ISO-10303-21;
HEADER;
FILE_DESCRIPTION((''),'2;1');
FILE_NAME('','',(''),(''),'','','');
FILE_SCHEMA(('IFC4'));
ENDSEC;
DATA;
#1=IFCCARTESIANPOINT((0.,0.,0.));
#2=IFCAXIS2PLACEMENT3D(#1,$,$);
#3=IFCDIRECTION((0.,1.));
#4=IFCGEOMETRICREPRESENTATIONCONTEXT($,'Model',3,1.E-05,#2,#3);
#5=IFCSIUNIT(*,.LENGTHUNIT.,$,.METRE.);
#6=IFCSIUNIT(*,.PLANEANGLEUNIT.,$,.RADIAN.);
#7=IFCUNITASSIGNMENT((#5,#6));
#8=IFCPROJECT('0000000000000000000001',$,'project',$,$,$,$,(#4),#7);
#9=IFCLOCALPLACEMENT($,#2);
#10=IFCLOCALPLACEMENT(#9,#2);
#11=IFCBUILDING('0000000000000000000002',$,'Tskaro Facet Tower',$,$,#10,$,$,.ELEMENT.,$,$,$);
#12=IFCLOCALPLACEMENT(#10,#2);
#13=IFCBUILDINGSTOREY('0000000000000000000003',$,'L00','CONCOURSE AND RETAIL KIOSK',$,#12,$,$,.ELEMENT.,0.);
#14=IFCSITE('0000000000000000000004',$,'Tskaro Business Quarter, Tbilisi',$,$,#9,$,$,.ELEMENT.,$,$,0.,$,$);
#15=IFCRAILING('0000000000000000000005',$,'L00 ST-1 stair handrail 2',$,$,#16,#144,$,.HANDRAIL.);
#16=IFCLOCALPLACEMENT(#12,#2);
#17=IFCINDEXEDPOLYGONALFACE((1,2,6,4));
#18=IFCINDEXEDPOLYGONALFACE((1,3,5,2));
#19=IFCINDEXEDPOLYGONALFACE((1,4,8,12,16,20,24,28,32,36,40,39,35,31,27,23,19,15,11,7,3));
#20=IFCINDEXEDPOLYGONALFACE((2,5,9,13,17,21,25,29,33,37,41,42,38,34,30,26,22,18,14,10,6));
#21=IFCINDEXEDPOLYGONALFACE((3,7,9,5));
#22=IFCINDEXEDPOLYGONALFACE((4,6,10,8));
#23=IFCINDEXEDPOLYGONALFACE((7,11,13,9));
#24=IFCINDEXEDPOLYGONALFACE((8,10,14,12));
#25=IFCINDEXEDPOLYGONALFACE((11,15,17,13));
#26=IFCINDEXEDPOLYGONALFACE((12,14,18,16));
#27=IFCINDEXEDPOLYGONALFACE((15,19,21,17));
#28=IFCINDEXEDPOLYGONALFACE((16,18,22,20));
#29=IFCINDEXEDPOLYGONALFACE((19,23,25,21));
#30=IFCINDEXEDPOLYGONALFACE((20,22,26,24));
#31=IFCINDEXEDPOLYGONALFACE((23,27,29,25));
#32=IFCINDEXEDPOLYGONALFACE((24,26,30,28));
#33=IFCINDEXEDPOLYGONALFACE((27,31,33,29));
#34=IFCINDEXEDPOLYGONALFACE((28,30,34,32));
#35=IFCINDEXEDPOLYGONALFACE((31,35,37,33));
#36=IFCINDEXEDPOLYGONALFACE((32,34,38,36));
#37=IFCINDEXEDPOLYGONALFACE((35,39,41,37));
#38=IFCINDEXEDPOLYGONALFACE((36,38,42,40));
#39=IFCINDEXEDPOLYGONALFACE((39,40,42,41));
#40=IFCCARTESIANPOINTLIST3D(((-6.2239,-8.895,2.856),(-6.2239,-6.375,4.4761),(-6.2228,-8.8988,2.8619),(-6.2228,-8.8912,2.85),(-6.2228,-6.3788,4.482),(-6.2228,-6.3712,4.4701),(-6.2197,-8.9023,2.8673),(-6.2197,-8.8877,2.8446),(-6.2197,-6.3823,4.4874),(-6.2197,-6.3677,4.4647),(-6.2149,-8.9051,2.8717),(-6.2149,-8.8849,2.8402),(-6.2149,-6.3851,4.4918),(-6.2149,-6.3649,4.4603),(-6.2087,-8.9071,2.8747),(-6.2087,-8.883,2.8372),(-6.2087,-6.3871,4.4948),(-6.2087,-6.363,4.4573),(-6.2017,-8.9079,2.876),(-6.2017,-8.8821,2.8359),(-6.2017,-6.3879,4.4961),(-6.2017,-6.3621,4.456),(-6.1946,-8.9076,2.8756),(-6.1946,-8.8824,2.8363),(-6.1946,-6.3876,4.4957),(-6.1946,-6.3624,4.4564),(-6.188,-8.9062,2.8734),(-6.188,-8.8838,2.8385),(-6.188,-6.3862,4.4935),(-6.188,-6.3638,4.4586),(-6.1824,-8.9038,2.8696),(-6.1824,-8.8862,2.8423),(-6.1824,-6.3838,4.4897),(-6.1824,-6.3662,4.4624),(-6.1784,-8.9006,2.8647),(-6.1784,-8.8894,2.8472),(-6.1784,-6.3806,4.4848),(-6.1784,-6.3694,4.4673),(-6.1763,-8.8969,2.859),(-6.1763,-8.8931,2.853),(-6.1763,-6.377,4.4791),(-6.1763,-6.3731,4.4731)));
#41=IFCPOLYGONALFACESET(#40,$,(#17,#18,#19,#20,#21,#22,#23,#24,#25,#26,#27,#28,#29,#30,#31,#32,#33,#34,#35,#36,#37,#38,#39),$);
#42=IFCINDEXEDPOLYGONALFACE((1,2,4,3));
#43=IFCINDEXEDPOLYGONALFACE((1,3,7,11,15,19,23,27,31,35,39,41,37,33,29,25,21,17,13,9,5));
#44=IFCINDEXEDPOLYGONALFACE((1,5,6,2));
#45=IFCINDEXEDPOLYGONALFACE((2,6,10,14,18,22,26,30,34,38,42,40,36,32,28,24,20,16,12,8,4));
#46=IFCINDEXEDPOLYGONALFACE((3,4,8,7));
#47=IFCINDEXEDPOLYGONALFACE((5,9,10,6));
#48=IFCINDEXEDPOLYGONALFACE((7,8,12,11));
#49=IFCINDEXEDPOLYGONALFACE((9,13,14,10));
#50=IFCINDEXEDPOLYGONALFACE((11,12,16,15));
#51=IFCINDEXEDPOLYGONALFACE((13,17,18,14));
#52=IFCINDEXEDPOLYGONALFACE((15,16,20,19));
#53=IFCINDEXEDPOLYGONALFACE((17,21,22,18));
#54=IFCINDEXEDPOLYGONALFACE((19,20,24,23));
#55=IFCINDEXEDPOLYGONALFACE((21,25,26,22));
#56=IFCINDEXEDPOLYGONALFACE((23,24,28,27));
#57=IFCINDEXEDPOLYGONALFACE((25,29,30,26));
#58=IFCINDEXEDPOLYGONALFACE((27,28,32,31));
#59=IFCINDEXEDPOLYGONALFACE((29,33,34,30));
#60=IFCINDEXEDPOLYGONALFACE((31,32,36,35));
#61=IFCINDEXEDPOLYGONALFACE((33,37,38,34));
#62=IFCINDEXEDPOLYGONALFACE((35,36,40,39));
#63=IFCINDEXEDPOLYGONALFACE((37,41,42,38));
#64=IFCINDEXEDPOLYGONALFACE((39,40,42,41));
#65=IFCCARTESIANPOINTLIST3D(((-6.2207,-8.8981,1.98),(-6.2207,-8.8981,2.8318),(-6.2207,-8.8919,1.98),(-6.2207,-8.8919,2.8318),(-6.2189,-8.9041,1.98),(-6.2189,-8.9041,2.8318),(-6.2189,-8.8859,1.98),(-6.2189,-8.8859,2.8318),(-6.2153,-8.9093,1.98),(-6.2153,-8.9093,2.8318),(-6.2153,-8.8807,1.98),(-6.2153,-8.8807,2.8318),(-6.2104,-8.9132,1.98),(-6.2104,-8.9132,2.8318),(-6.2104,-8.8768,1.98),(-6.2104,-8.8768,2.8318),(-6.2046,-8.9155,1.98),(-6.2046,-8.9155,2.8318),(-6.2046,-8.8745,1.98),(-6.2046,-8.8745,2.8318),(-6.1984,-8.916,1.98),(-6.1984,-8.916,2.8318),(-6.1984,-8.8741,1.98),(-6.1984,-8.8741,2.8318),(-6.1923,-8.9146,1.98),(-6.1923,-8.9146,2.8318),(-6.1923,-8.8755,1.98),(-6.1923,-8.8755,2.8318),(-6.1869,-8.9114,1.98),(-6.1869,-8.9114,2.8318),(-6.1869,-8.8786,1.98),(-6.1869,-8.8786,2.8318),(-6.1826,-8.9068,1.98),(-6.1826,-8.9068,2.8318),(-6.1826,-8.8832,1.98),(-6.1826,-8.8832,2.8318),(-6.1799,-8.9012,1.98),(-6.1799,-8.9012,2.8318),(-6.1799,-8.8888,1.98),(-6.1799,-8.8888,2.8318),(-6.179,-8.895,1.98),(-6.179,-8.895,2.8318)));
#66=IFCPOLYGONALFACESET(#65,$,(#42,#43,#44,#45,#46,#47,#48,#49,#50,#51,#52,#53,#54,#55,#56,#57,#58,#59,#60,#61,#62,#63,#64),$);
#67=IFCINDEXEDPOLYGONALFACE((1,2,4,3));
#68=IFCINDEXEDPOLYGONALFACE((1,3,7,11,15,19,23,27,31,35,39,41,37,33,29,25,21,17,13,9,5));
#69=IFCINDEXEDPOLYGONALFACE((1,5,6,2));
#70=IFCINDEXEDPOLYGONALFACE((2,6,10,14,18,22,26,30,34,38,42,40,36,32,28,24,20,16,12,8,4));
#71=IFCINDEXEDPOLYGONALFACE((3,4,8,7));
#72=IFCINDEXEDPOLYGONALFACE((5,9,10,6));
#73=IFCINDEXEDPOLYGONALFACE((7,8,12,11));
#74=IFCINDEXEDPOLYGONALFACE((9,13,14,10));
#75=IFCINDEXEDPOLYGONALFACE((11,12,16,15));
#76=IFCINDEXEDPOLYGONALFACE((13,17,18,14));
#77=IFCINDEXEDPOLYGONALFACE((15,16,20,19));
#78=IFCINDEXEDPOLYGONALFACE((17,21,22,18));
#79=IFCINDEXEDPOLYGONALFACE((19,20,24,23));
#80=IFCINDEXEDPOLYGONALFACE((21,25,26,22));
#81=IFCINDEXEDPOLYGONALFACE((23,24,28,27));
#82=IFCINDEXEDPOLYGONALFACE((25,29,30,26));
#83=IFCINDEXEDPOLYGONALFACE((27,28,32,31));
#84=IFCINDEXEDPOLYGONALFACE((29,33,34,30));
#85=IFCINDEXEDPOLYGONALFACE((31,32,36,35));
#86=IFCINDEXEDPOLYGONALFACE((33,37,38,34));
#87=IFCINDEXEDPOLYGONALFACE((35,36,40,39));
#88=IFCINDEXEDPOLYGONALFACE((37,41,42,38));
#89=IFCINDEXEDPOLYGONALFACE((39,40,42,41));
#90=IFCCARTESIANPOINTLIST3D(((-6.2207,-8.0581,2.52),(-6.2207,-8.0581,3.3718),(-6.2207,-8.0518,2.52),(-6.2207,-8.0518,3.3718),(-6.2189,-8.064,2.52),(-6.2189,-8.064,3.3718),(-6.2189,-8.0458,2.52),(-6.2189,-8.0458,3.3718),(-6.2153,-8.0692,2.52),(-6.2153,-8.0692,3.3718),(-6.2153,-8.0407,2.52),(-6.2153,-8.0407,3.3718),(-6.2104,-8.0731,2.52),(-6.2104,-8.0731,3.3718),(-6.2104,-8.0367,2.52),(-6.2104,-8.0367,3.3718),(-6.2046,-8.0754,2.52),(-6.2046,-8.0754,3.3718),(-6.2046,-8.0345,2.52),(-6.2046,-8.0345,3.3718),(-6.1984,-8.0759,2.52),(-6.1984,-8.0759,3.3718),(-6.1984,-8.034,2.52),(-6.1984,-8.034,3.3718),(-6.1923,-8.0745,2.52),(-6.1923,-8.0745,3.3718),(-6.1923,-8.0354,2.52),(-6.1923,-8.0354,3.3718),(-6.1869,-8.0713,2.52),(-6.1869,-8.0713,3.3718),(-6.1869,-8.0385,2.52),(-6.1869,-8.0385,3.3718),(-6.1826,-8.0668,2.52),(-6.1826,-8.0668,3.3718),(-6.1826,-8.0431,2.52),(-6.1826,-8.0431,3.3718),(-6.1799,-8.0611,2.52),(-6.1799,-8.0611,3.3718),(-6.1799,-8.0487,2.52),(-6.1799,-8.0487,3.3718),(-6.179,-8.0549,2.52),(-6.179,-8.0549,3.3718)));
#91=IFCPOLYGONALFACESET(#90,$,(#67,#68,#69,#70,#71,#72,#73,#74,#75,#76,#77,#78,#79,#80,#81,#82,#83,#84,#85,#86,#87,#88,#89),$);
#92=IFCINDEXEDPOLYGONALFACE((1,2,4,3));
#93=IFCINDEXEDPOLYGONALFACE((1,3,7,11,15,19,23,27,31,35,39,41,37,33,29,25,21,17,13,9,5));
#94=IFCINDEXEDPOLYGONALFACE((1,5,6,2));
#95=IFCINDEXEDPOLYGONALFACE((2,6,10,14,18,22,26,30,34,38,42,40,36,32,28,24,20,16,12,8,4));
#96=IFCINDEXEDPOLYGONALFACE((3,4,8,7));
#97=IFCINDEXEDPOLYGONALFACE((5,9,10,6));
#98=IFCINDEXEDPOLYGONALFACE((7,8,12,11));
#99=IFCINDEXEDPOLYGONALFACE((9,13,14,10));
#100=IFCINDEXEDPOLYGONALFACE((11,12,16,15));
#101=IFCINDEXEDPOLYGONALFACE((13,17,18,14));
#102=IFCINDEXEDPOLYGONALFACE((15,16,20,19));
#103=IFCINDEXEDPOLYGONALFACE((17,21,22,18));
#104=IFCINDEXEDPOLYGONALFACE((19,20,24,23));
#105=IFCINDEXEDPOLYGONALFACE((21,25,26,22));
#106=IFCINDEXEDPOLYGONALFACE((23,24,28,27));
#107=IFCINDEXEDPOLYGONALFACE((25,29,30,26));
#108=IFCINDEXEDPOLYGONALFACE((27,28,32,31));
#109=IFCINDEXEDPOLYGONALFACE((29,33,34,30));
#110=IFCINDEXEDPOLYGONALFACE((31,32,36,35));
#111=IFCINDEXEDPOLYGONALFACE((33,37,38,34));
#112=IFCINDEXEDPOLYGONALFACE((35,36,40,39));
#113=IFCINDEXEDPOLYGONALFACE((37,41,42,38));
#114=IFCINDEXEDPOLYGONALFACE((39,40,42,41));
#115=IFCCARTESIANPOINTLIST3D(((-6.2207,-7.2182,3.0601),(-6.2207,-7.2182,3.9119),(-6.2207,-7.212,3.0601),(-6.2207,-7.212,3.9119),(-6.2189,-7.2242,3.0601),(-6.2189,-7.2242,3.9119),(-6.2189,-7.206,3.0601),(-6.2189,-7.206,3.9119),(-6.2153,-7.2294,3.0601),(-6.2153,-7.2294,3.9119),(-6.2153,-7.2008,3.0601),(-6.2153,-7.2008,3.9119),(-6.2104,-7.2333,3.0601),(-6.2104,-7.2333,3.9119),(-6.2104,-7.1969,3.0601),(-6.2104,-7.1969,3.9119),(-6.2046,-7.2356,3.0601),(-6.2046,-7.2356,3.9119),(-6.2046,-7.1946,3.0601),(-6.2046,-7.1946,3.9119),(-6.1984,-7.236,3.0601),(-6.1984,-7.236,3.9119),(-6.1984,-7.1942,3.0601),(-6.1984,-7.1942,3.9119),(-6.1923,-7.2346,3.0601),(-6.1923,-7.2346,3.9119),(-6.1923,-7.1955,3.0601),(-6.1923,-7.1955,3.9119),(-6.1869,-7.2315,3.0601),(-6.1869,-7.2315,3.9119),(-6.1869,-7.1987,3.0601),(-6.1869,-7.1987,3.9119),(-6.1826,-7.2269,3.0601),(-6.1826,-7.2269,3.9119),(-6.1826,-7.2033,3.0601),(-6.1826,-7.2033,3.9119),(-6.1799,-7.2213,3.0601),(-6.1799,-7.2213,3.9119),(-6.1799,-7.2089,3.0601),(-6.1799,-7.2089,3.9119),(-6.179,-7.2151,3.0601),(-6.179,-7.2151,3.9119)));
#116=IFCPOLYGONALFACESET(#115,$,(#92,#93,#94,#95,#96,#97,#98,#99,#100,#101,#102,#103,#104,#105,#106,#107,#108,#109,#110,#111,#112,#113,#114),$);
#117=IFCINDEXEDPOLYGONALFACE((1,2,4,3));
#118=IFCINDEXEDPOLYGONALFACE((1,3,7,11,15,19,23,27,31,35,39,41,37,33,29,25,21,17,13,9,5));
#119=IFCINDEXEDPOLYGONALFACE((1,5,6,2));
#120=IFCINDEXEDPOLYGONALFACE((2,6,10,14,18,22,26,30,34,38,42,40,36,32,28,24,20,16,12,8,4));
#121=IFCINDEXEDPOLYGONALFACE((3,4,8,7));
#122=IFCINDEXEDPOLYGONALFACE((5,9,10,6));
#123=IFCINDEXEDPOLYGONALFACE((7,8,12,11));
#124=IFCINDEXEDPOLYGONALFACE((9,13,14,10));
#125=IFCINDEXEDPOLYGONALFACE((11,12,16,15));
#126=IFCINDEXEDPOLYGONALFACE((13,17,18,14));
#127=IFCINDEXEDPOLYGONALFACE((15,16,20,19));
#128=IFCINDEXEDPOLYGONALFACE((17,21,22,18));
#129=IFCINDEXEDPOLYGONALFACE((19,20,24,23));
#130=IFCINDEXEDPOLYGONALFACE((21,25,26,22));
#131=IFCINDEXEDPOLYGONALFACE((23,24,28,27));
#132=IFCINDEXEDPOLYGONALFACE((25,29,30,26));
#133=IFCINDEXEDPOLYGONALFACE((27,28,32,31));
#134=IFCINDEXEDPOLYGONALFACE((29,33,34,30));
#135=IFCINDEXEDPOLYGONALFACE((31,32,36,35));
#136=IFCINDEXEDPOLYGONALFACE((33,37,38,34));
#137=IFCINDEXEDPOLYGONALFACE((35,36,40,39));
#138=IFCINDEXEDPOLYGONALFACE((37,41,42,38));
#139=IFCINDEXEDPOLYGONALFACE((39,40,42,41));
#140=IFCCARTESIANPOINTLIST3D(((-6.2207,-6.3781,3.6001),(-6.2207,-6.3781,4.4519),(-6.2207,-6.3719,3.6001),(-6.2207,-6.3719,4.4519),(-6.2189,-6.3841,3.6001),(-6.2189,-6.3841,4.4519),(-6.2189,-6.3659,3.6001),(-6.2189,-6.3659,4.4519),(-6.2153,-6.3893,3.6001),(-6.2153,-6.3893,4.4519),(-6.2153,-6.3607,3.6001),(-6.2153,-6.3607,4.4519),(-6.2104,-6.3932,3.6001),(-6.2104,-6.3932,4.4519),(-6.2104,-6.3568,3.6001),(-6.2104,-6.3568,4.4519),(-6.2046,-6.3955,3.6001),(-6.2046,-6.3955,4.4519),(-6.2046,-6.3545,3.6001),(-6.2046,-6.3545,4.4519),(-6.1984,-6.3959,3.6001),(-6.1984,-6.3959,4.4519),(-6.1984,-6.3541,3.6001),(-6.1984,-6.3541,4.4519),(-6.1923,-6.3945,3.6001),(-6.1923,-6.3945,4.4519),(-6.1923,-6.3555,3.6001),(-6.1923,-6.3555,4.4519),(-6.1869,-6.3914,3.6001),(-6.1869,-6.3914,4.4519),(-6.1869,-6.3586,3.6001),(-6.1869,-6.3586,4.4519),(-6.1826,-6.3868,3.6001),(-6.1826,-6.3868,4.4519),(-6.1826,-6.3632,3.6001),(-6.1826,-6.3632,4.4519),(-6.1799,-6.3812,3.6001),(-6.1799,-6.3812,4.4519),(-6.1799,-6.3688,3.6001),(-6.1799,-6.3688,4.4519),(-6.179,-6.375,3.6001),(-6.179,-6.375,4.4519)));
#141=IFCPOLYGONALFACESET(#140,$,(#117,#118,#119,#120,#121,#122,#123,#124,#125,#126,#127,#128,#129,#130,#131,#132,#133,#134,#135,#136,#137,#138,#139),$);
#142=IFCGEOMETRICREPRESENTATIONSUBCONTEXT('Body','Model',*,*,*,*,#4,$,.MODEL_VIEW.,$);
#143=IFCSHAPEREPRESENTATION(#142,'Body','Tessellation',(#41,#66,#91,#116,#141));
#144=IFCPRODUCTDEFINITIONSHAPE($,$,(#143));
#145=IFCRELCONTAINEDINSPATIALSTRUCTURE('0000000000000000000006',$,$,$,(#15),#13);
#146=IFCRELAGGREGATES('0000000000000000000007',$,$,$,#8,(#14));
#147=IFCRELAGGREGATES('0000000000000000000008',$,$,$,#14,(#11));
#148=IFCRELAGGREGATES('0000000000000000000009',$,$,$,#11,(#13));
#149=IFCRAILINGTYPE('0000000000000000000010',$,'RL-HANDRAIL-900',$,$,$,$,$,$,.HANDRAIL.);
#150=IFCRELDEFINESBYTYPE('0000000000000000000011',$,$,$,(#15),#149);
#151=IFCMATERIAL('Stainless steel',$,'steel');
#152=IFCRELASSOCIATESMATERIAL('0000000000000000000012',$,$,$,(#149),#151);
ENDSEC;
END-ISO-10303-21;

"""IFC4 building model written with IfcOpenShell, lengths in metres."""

from ifc_helpers import new_model, si_unit, direction, frame, origin, origin_2d, place, context, subcontext, project, spatial, circle, extrude, material, type_object, element, save


model = new_model("IFC4")

# Units and contexts
model_context = context("Model", 3, precision=1e-05, world=origin(), true_north=direction((0.0, 1.0)))
body_context = subcontext(model_context, "Body", "Model", "MODEL_VIEW")
ifc_project = project(units=[si_unit("LENGTHUNIT", "METRE"), si_unit("PLANEANGLEUNIT", "RADIAN")], contexts=[model_context])

# Site, building, storey
site_placement = place(None, origin())
site = spatial("IfcSite", under=ifc_project, at=site_placement, Name="Tskaro Business Quarter, Tbilisi", CompositionType="ELEMENT", RefElevation=0.0)
building_placement = place(site_placement, origin())
building = spatial("IfcBuilding", under=site, at=building_placement, Name="Tskaro Facet Tower", CompositionType="ELEMENT")
storey_placement = place(building_placement, origin())
storey = spatial("IfcBuildingStorey", under=building, at=storey_placement, Name="L00", Description="CONCOURSE AND RETAIL KIOSK", CompositionType="ELEMENT", Elevation=0.0)

# Railing
ifc_material_1 = material(Name="Stainless steel", Category="steel")
railing_type_1 = type_object("IfcRailingType", Name="RL-HANDRAIL-900", PredefinedType="HANDRAIL", material=ifc_material_1)
railing_1_placement = place(storey_placement, frame((-6.2, -8.895, 1.98)))
element("IfcRailing", 1, at=railing_1_placement, inside=storey, type_object=railing_type_1, Name="L00 ST-1 stair handrail 2", PredefinedType="HANDRAIL", context=body_context, shape_type="SweptSolid", body=[
    extrude(circle(Radius=0.0239, at=origin_2d()), frame((0.0, 0.0, 0.876), z_axis=(0.0, 0.841163, 0.540782), x_axis=(-1.0, 0.0, 0.0)), (0.0, 0.0, 1.0), 2.9958),
    extrude(circle(Radius=0.021, at=origin_2d()), origin(), (0.0, 0.0, 1.0), 0.8518),
    extrude(circle(Radius=0.021, at=origin_2d()), frame((0.0, 0.8401, 0.54)), (0.0, 0.0, 1.0), 0.8518),
    extrude(circle(Radius=0.021, at=origin_2d()), frame((0.0, 1.6799, 1.0801)), (0.0, 0.0, 1.0), 0.8518),
    extrude(circle(Radius=0.021, at=origin_2d()), frame((0.0, 2.52, 1.6201)), (0.0, 0.0, 1.0), 0.8518),
])

save(model, "model.ifc")
